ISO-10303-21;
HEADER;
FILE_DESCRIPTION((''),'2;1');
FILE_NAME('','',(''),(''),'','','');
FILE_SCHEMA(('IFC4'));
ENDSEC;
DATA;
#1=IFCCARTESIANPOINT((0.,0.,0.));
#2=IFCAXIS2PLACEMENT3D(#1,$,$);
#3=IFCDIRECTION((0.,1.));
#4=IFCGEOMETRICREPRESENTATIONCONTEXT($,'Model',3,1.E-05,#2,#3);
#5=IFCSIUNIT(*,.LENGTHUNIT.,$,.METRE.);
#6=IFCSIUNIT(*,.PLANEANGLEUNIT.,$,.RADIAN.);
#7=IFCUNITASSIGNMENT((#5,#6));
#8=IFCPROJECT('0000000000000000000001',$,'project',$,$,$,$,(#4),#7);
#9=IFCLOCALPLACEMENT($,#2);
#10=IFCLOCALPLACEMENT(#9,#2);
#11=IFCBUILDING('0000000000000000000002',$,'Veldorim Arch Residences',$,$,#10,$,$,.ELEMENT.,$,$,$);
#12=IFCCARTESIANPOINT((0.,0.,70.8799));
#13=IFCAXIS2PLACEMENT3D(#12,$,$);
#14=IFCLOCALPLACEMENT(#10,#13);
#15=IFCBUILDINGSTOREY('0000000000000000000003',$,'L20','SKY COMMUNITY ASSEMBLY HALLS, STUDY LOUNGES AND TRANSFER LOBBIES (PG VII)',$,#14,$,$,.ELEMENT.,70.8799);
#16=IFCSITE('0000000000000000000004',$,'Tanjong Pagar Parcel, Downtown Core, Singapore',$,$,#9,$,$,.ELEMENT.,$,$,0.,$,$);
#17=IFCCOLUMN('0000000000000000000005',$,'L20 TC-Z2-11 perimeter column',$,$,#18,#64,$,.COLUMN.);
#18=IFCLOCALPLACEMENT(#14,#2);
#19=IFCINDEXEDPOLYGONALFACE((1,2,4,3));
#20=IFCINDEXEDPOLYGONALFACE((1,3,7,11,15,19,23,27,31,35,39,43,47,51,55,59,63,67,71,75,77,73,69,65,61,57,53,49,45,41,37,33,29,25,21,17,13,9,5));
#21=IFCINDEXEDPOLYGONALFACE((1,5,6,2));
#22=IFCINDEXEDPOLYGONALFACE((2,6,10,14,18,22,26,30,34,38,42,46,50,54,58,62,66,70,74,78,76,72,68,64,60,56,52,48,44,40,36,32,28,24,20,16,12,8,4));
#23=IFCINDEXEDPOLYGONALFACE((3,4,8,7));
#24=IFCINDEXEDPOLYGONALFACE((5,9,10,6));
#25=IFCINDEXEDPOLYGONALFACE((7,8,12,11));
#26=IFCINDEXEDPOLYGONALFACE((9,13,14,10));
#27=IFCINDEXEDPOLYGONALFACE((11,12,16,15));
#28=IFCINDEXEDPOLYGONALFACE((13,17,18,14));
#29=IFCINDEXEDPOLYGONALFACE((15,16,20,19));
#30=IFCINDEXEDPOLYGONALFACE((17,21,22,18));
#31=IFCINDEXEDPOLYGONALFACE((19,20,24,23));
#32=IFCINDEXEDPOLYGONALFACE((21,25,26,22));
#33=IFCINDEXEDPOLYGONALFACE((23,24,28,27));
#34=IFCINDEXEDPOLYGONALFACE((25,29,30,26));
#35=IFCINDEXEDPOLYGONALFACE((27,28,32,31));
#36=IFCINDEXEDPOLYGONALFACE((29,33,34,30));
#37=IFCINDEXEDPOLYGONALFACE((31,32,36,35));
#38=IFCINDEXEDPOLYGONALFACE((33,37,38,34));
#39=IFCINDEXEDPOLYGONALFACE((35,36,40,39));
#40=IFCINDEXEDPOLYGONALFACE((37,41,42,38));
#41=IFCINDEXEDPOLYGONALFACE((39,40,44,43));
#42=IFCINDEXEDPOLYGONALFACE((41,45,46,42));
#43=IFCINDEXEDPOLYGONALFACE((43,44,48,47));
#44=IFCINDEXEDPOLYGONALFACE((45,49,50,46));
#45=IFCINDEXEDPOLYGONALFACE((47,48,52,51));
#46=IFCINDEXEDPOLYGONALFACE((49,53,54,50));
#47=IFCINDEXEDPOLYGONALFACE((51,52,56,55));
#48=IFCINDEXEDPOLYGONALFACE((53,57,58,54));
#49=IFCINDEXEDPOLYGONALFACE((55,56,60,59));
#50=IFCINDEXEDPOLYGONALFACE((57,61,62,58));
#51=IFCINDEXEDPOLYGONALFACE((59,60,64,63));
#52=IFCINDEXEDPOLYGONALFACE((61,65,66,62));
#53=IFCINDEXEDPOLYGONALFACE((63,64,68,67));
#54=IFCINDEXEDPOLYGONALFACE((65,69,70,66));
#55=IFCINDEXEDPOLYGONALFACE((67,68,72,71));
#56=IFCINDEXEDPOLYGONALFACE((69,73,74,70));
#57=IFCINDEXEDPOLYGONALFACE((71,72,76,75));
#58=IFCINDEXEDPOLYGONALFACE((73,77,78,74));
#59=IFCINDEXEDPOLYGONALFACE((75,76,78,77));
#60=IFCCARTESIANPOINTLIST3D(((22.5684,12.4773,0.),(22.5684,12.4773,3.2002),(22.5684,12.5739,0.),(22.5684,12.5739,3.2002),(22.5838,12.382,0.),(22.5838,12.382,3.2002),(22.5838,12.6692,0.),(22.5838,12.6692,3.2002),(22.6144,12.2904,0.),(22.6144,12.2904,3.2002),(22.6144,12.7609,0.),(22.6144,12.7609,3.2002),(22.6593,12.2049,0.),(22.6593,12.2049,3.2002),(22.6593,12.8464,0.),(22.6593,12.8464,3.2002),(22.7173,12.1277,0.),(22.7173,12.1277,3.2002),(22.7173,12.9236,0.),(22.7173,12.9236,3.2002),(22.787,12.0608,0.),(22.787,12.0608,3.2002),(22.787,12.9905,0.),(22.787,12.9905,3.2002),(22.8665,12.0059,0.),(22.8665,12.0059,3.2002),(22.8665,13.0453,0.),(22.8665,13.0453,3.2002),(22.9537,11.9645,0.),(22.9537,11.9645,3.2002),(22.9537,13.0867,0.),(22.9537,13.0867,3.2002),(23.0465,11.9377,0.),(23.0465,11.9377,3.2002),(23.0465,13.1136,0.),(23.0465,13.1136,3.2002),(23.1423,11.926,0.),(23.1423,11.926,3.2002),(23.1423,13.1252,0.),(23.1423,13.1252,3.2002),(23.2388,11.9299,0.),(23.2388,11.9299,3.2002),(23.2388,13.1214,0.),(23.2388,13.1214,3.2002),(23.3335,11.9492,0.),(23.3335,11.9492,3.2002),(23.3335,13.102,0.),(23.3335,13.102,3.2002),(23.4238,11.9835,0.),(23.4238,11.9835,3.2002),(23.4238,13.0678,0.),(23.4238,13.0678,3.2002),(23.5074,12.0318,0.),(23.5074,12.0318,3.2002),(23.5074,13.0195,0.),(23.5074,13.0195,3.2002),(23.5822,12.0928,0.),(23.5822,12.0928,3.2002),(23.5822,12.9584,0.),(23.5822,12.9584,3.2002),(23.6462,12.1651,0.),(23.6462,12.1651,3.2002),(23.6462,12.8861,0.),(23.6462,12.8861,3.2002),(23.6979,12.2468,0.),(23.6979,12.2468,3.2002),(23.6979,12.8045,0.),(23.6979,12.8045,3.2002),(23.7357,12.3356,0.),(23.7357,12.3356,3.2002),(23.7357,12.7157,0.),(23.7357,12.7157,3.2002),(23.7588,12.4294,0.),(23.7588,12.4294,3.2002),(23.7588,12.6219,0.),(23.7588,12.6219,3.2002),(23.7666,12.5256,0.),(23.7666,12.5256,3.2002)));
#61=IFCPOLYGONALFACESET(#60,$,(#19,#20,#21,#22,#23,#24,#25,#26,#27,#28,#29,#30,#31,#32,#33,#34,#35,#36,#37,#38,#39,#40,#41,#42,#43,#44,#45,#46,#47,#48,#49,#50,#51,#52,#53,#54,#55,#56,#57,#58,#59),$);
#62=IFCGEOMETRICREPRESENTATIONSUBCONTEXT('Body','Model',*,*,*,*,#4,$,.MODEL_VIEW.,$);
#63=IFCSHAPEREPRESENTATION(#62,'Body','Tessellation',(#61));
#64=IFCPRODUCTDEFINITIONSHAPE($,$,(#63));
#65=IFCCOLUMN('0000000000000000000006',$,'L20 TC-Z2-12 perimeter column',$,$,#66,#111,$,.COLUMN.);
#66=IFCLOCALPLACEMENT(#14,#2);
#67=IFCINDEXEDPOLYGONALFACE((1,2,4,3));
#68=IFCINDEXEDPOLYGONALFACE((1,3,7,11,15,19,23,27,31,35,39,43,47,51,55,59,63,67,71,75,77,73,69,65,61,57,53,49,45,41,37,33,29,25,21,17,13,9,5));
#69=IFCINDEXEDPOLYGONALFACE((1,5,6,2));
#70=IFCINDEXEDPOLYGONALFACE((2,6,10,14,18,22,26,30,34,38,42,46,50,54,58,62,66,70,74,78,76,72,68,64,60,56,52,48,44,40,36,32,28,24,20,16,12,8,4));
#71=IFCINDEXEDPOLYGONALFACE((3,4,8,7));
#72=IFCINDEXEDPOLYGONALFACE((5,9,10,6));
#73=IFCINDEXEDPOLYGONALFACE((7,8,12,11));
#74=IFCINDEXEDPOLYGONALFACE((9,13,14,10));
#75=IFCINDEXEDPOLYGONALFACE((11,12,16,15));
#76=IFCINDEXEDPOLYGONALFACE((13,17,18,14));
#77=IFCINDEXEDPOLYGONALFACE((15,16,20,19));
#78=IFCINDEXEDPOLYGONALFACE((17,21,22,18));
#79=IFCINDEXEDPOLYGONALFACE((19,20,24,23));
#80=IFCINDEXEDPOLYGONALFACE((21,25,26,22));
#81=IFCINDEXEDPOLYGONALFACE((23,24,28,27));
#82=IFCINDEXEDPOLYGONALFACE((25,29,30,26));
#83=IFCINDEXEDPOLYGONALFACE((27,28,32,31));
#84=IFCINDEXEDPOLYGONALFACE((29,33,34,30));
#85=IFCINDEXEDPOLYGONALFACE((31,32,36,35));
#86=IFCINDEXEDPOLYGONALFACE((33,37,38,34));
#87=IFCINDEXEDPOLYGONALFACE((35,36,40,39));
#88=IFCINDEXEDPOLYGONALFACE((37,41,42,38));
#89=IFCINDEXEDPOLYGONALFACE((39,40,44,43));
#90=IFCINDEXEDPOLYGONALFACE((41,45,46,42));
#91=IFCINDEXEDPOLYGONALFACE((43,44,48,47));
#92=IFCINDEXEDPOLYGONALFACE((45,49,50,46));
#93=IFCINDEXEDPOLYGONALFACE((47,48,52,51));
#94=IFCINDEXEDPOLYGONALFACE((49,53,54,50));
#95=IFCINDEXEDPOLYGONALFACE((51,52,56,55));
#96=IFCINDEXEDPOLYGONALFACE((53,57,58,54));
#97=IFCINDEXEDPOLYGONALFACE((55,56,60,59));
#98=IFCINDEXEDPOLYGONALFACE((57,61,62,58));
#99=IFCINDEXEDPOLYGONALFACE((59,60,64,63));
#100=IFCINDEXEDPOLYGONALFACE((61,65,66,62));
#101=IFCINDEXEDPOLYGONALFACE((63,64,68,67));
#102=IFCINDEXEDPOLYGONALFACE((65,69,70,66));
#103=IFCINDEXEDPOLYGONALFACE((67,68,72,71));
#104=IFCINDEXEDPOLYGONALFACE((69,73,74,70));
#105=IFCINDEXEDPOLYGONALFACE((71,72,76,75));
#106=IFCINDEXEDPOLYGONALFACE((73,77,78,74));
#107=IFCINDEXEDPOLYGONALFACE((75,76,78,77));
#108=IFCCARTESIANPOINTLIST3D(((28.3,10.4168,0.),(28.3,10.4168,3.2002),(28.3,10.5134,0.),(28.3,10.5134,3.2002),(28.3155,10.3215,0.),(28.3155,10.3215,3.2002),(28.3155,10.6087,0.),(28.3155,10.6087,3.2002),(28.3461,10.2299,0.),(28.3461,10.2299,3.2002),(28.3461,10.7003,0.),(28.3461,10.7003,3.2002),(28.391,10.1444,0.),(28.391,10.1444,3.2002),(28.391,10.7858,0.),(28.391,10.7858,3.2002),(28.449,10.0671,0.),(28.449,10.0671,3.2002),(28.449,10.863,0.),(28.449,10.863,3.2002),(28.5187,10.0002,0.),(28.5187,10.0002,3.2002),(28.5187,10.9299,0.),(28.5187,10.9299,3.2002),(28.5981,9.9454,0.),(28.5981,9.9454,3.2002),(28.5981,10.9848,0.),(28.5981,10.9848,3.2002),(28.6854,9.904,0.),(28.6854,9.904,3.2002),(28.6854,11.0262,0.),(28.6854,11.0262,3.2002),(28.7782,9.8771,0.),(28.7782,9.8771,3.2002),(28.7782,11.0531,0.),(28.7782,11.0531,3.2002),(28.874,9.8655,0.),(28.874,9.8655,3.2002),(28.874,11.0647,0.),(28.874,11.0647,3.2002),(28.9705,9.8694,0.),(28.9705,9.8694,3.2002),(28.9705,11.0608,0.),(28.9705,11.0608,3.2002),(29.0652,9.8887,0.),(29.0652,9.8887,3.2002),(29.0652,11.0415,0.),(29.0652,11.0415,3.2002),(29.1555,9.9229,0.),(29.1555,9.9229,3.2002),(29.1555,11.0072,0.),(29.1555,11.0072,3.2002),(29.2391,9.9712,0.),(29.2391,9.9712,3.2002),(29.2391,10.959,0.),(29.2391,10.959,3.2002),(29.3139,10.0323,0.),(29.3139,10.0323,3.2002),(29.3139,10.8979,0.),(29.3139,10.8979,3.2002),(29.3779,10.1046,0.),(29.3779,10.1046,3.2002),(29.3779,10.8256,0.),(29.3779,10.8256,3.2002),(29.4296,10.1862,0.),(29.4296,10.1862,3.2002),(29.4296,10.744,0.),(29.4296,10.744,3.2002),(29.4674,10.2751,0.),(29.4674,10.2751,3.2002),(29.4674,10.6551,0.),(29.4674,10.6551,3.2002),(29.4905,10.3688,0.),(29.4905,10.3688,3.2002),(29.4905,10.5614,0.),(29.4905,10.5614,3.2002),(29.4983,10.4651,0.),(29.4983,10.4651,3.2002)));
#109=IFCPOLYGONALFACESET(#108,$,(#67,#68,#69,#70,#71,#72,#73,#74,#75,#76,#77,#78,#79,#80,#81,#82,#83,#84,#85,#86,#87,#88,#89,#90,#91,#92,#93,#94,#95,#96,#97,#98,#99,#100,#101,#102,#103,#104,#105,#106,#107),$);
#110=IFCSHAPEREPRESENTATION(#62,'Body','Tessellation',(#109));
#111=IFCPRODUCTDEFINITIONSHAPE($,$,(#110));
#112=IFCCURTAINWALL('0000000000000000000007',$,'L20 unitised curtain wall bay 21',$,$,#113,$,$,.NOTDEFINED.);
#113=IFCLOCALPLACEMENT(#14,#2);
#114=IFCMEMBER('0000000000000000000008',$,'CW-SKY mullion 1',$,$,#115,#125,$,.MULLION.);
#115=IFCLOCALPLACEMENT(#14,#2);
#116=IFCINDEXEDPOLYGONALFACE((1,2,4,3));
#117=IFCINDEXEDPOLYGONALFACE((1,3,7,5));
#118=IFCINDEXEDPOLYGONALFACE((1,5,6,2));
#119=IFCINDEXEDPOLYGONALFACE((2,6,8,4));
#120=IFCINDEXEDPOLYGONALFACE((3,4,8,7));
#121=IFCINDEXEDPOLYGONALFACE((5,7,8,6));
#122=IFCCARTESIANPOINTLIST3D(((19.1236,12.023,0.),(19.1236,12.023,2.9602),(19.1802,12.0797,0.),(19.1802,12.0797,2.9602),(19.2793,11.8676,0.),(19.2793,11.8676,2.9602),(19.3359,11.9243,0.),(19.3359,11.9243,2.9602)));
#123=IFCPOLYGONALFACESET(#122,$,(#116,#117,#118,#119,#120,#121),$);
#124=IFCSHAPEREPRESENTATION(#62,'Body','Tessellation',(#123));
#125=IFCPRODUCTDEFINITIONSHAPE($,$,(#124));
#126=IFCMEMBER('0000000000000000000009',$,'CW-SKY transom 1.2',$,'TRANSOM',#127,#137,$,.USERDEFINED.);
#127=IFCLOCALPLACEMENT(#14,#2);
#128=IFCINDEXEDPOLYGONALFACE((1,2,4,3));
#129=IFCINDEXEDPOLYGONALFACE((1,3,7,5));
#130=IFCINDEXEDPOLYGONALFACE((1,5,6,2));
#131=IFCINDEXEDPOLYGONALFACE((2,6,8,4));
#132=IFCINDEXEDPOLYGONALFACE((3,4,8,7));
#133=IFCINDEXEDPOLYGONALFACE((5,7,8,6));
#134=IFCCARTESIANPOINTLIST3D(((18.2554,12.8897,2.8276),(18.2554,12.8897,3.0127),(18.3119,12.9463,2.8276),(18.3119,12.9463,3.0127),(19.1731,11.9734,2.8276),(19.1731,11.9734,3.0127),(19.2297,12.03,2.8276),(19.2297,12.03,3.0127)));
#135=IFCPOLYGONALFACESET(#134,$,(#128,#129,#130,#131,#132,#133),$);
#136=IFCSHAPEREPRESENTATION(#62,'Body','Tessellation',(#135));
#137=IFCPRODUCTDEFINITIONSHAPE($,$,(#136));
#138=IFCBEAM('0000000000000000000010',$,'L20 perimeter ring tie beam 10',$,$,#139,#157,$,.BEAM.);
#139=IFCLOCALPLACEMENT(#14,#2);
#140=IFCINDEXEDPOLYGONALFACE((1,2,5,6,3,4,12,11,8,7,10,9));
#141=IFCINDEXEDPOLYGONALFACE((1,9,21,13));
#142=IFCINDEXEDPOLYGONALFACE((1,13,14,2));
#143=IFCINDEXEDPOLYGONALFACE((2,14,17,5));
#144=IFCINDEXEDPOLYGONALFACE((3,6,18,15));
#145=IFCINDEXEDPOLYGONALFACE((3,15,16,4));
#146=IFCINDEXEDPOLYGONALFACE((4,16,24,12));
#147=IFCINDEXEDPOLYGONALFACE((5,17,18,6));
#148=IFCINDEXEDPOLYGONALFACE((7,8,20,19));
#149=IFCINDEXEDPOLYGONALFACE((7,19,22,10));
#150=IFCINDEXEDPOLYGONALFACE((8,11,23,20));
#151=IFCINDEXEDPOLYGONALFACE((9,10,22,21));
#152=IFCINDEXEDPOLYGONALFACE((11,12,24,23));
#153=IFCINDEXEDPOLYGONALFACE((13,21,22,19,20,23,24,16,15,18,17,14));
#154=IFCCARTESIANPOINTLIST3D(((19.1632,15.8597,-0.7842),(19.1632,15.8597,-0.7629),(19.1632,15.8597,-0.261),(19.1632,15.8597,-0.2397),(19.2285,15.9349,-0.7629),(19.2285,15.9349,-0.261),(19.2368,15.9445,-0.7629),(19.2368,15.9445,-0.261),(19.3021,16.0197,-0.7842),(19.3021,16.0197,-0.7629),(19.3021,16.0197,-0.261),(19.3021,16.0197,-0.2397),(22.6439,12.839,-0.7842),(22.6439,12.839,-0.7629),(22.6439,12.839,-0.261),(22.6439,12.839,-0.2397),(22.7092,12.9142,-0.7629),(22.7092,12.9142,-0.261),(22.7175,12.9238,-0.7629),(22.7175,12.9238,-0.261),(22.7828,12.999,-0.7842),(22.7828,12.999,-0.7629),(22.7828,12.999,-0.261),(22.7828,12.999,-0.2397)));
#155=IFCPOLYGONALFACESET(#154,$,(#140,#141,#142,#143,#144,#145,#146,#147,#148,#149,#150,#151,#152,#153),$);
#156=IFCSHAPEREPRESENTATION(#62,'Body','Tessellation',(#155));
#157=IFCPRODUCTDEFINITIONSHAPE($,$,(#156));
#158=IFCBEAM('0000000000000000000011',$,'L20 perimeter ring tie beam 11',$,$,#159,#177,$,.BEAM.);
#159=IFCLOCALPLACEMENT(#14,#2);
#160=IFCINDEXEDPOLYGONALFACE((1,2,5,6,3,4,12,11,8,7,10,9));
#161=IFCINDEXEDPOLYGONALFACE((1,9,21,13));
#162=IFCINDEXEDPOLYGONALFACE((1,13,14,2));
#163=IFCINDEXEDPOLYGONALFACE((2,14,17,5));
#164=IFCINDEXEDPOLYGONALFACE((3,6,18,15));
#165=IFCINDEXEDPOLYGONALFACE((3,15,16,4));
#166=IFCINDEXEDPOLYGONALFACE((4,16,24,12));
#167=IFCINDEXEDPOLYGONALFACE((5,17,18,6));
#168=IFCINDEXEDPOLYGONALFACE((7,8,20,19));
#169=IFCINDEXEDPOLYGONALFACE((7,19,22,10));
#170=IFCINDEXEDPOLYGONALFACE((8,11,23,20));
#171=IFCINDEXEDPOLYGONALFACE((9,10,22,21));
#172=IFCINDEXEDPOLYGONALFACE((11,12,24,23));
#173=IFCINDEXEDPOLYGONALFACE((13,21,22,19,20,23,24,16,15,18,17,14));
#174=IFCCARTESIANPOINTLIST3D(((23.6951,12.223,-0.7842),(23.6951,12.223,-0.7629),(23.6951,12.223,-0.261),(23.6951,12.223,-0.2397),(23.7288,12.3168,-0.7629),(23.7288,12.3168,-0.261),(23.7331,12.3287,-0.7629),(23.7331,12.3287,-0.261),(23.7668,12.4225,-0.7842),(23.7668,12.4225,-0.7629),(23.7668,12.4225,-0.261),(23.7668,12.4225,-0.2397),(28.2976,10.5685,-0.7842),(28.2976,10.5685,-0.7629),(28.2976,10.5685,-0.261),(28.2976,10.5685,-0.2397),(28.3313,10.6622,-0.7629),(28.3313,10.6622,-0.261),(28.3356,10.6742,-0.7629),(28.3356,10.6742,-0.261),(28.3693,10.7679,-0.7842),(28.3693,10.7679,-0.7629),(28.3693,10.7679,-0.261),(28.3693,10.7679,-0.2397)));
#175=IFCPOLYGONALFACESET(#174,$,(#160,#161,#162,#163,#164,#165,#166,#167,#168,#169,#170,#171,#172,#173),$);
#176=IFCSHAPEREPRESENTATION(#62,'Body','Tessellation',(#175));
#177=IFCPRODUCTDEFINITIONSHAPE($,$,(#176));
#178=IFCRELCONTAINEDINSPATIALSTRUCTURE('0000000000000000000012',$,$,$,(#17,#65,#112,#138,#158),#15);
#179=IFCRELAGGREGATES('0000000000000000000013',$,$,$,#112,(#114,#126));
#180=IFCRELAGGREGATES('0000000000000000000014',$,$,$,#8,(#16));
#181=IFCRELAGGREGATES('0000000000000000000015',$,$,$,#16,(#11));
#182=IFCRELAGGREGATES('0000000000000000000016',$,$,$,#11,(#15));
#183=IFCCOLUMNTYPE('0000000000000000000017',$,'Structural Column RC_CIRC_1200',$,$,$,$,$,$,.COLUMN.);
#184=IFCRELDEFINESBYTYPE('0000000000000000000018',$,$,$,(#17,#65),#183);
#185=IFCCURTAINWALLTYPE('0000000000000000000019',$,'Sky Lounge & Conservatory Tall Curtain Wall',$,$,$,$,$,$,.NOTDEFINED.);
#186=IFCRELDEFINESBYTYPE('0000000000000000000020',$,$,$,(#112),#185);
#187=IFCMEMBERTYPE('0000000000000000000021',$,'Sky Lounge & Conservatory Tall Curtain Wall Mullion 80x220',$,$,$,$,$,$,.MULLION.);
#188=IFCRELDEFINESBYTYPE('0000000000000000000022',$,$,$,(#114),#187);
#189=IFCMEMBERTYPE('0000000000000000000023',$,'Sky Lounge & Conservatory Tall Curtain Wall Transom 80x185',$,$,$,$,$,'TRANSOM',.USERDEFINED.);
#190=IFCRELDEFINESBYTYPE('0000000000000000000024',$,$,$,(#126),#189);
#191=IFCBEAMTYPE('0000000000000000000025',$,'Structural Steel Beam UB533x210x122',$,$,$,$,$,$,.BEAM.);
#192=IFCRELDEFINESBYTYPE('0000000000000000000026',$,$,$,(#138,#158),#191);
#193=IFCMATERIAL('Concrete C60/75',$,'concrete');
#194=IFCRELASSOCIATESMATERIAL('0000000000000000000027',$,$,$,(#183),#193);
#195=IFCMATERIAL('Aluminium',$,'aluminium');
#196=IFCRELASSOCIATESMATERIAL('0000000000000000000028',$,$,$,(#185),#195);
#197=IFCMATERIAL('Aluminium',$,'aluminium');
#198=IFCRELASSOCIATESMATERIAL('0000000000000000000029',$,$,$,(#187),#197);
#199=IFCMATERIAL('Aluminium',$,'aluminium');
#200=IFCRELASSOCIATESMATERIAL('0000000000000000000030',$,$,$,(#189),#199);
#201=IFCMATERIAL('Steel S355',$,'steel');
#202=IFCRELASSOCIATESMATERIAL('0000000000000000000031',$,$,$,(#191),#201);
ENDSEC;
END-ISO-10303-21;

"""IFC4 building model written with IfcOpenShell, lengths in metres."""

from ifc_helpers import new_model, si_unit, direction, frame, origin, origin_2d, place, context, subcontext, project, spatial, rectangle, circle, i_section, extrude, material, material_profile, profile_set, type_object, element, aggregate, save


model = new_model("IFC4")

# Units and contexts
model_context = context("Model", 3, precision=1e-05, world=origin(), true_north=direction((0.0, 1.0)))
body_context = subcontext(model_context, "Body", "Model", "MODEL_VIEW")
ifc_project = project(units=[si_unit("LENGTHUNIT", "METRE"), si_unit("PLANEANGLEUNIT", "RADIAN")], contexts=[model_context])

# Site, building, storey
site_placement = place(None, origin())
site = spatial("IfcSite", under=ifc_project, at=site_placement, Name="Tanjong Pagar Parcel, Downtown Core, Singapore", CompositionType="ELEMENT", RefElevation=0.0)
building_placement = place(site_placement, origin())
building = spatial("IfcBuilding", under=site, at=building_placement, Name="Veldorim Arch Residences", CompositionType="ELEMENT")
storey_placement = place(building_placement, frame((0.0, 0.0, 70.8799)))
storey = spatial("IfcBuildingStorey", under=building, at=storey_placement, Name="L20", Description="SKY COMMUNITY ASSEMBLY HALLS, STUDY LOUNGES AND TRANSFER LOBBIES (PG VII)", CompositionType="ELEMENT", Elevation=70.8799)

# Columns
ifc_material_1 = material(Name="Concrete C60/75", Category="concrete")
ifc_material_profile_1 = material_profile(ifc_material_1, circle(Radius=0.6001, at=origin_2d()), Name="RC_CIRC_1200")
ifc_profile_set_1 = profile_set([ifc_material_profile_1], Name="Concrete C60/75")
column_type = type_object("IfcColumnType", Name="Structural Column RC_CIRC_1200", PredefinedType="COLUMN", material=ifc_profile_set_1)
for number, where, z_axis, x_axis, name in (
    (1, (23.1665, 12.5256, 0.0), (0.0, 0.0, 1.0), (1.0, 0.0, 0.0), "L20 TC-Z2-11 perimeter column"),
    (2, (28.8982, 10.4651, 0.0), (0.0, 0.0, 1.0), (1.0, 0.0, 0.0), "L20 TC-Z2-12 perimeter column"),
):
    element("IfcColumn", number, at=place(storey_placement, frame(where, z_axis=z_axis, x_axis=x_axis)), inside=storey, type_object=column_type, Name=name, PredefinedType="COLUMN", context=body_context, shape_type="SweptSolid", body=[
        extrude(circle(Radius=0.6001, at=origin_2d()), origin(), (0.0, 0.0, 1.0), 3.2002),
    ])

# Curtain wall, members
ifc_material_2 = material(Name="Aluminium", Category="aluminium")
curtain_wall_type = type_object("IfcCurtainWallType", Name="Sky Lounge & Conservatory Tall Curtain Wall", PredefinedType="NOTDEFINED", material=ifc_material_2)
curtain_wall_placement = place(storey_placement, origin())
curtain_wall = element("IfcCurtainWall", 3, at=curtain_wall_placement, inside=storey, type_object=curtain_wall_type, Name="L20 unitised curtain wall bay 21", PredefinedType="NOTDEFINED")
ifc_material_3 = material(Name="Aluminium", Category="aluminium")
ifc_material_profile_2 = material_profile(ifc_material_3, rectangle(XDim=0.0801, YDim=0.22, at=origin_2d()), Name="ALU_MUL_80x220")
ifc_profile_set_2 = profile_set([ifc_material_profile_2], Name="Aluminium")
member_type_1 = type_object("IfcMemberType", Name="Sky Lounge & Conservatory Tall Curtain Wall Mullion 80x220", PredefinedType="MULLION", material=ifc_profile_set_2)
member_1_placement = place(storey_placement, frame((19.2297, 11.9736, 0.0), z_axis=(0.0, 0.0, 1.0), x_axis=(-0.706577, -0.707636, 0.0)))
member_1 = element("IfcMember", 4, at=member_1_placement, type_object=member_type_1, Name="CW-SKY mullion 1", PredefinedType="MULLION", context=body_context, shape_type="SweptSolid", body=[
    extrude(rectangle(XDim=0.0801, YDim=0.22, at=origin_2d()), origin(), (0.0, 0.0, 1.0), 2.9602),
])
ifc_material_4 = material(Name="Aluminium", Category="aluminium")
ifc_material_profile_3 = material_profile(ifc_material_4, rectangle(XDim=0.0801, YDim=0.1851, at=origin_2d()), Name="ALU_TRN_80x185")
ifc_profile_set_3 = profile_set([ifc_material_profile_3], Name="Aluminium")
member_type_2 = type_object("IfcMemberType", Name="Sky Lounge & Conservatory Tall Curtain Wall Transom 80x185", ElementType="TRANSOM", PredefinedType="USERDEFINED", material=ifc_profile_set_3)
member_2_placement = place(storey_placement, frame((19.2014, 12.0017, 2.9202), z_axis=(-0.707671, 0.706542, 0.0), x_axis=(-0.706542, -0.707671, 0.0)))
member_2 = element("IfcMember", 5, at=member_2_placement, type_object=member_type_2, Name="CW-SKY transom 1.2", ObjectType="TRANSOM", PredefinedType="USERDEFINED", context=body_context, shape_type="SweptSolid", body=[
    extrude(rectangle(XDim=0.0801, YDim=0.1851, at=origin_2d()), origin(), (0.0, 0.0, 1.0), 1.2969),
])
aggregate(curtain_wall, [member_1, member_2])

# Beams
ifc_material_5 = material(Name="Steel S355", Category="steel")
ifc_material_profile_4 = material_profile(ifc_material_5, i_section(OverallWidth=0.2119, OverallDepth=0.5444, WebThickness=0.0127, FlangeThickness=0.0212, at=origin_2d()), Name="UB533x210x122")
ifc_profile_set_4 = profile_set([ifc_material_profile_4], Name="Steel S355")
beam_type = type_object("IfcBeamType", Name="Structural Steel Beam UB533x210x122", PredefinedType="BEAM", material=ifc_profile_set_4)
beam_1_placement = place(storey_placement, frame((19.2327, 15.9397, -0.512), z_axis=(0.755245, -0.655443, 0.0), x_axis=(0.655443, 0.755245, 0.0)))
element("IfcBeam", 6, at=beam_1_placement, inside=storey, type_object=beam_type, Name="L20 perimeter ring tie beam 10", PredefinedType="BEAM", context=body_context, shape_type="SweptSolid", body=[
    extrude(i_section(OverallWidth=0.2119, OverallDepth=0.5444, WebThickness=0.0127, FlangeThickness=0.0212, at=origin_2d()), origin(), (0.0, 0.0, 1.0), 4.6086),
])
beam_2_placement = place(storey_placement, frame((23.731, 12.3228, -0.512), z_axis=(0.941042, -0.33829, 0.0), x_axis=(0.33829, 0.941042, 0.0)))
element("IfcBeam", 7, at=beam_2_placement, inside=storey, type_object=beam_type, Name="L20 perimeter ring tie beam 11", PredefinedType="BEAM", context=body_context, shape_type="SweptSolid", body=[
    extrude(i_section(OverallWidth=0.2119, OverallDepth=0.5444, WebThickness=0.0127, FlangeThickness=0.0212, at=origin_2d()), origin(), (0.0, 0.0, 1.0), 4.8909),
])

save(model, "model.ifc")
